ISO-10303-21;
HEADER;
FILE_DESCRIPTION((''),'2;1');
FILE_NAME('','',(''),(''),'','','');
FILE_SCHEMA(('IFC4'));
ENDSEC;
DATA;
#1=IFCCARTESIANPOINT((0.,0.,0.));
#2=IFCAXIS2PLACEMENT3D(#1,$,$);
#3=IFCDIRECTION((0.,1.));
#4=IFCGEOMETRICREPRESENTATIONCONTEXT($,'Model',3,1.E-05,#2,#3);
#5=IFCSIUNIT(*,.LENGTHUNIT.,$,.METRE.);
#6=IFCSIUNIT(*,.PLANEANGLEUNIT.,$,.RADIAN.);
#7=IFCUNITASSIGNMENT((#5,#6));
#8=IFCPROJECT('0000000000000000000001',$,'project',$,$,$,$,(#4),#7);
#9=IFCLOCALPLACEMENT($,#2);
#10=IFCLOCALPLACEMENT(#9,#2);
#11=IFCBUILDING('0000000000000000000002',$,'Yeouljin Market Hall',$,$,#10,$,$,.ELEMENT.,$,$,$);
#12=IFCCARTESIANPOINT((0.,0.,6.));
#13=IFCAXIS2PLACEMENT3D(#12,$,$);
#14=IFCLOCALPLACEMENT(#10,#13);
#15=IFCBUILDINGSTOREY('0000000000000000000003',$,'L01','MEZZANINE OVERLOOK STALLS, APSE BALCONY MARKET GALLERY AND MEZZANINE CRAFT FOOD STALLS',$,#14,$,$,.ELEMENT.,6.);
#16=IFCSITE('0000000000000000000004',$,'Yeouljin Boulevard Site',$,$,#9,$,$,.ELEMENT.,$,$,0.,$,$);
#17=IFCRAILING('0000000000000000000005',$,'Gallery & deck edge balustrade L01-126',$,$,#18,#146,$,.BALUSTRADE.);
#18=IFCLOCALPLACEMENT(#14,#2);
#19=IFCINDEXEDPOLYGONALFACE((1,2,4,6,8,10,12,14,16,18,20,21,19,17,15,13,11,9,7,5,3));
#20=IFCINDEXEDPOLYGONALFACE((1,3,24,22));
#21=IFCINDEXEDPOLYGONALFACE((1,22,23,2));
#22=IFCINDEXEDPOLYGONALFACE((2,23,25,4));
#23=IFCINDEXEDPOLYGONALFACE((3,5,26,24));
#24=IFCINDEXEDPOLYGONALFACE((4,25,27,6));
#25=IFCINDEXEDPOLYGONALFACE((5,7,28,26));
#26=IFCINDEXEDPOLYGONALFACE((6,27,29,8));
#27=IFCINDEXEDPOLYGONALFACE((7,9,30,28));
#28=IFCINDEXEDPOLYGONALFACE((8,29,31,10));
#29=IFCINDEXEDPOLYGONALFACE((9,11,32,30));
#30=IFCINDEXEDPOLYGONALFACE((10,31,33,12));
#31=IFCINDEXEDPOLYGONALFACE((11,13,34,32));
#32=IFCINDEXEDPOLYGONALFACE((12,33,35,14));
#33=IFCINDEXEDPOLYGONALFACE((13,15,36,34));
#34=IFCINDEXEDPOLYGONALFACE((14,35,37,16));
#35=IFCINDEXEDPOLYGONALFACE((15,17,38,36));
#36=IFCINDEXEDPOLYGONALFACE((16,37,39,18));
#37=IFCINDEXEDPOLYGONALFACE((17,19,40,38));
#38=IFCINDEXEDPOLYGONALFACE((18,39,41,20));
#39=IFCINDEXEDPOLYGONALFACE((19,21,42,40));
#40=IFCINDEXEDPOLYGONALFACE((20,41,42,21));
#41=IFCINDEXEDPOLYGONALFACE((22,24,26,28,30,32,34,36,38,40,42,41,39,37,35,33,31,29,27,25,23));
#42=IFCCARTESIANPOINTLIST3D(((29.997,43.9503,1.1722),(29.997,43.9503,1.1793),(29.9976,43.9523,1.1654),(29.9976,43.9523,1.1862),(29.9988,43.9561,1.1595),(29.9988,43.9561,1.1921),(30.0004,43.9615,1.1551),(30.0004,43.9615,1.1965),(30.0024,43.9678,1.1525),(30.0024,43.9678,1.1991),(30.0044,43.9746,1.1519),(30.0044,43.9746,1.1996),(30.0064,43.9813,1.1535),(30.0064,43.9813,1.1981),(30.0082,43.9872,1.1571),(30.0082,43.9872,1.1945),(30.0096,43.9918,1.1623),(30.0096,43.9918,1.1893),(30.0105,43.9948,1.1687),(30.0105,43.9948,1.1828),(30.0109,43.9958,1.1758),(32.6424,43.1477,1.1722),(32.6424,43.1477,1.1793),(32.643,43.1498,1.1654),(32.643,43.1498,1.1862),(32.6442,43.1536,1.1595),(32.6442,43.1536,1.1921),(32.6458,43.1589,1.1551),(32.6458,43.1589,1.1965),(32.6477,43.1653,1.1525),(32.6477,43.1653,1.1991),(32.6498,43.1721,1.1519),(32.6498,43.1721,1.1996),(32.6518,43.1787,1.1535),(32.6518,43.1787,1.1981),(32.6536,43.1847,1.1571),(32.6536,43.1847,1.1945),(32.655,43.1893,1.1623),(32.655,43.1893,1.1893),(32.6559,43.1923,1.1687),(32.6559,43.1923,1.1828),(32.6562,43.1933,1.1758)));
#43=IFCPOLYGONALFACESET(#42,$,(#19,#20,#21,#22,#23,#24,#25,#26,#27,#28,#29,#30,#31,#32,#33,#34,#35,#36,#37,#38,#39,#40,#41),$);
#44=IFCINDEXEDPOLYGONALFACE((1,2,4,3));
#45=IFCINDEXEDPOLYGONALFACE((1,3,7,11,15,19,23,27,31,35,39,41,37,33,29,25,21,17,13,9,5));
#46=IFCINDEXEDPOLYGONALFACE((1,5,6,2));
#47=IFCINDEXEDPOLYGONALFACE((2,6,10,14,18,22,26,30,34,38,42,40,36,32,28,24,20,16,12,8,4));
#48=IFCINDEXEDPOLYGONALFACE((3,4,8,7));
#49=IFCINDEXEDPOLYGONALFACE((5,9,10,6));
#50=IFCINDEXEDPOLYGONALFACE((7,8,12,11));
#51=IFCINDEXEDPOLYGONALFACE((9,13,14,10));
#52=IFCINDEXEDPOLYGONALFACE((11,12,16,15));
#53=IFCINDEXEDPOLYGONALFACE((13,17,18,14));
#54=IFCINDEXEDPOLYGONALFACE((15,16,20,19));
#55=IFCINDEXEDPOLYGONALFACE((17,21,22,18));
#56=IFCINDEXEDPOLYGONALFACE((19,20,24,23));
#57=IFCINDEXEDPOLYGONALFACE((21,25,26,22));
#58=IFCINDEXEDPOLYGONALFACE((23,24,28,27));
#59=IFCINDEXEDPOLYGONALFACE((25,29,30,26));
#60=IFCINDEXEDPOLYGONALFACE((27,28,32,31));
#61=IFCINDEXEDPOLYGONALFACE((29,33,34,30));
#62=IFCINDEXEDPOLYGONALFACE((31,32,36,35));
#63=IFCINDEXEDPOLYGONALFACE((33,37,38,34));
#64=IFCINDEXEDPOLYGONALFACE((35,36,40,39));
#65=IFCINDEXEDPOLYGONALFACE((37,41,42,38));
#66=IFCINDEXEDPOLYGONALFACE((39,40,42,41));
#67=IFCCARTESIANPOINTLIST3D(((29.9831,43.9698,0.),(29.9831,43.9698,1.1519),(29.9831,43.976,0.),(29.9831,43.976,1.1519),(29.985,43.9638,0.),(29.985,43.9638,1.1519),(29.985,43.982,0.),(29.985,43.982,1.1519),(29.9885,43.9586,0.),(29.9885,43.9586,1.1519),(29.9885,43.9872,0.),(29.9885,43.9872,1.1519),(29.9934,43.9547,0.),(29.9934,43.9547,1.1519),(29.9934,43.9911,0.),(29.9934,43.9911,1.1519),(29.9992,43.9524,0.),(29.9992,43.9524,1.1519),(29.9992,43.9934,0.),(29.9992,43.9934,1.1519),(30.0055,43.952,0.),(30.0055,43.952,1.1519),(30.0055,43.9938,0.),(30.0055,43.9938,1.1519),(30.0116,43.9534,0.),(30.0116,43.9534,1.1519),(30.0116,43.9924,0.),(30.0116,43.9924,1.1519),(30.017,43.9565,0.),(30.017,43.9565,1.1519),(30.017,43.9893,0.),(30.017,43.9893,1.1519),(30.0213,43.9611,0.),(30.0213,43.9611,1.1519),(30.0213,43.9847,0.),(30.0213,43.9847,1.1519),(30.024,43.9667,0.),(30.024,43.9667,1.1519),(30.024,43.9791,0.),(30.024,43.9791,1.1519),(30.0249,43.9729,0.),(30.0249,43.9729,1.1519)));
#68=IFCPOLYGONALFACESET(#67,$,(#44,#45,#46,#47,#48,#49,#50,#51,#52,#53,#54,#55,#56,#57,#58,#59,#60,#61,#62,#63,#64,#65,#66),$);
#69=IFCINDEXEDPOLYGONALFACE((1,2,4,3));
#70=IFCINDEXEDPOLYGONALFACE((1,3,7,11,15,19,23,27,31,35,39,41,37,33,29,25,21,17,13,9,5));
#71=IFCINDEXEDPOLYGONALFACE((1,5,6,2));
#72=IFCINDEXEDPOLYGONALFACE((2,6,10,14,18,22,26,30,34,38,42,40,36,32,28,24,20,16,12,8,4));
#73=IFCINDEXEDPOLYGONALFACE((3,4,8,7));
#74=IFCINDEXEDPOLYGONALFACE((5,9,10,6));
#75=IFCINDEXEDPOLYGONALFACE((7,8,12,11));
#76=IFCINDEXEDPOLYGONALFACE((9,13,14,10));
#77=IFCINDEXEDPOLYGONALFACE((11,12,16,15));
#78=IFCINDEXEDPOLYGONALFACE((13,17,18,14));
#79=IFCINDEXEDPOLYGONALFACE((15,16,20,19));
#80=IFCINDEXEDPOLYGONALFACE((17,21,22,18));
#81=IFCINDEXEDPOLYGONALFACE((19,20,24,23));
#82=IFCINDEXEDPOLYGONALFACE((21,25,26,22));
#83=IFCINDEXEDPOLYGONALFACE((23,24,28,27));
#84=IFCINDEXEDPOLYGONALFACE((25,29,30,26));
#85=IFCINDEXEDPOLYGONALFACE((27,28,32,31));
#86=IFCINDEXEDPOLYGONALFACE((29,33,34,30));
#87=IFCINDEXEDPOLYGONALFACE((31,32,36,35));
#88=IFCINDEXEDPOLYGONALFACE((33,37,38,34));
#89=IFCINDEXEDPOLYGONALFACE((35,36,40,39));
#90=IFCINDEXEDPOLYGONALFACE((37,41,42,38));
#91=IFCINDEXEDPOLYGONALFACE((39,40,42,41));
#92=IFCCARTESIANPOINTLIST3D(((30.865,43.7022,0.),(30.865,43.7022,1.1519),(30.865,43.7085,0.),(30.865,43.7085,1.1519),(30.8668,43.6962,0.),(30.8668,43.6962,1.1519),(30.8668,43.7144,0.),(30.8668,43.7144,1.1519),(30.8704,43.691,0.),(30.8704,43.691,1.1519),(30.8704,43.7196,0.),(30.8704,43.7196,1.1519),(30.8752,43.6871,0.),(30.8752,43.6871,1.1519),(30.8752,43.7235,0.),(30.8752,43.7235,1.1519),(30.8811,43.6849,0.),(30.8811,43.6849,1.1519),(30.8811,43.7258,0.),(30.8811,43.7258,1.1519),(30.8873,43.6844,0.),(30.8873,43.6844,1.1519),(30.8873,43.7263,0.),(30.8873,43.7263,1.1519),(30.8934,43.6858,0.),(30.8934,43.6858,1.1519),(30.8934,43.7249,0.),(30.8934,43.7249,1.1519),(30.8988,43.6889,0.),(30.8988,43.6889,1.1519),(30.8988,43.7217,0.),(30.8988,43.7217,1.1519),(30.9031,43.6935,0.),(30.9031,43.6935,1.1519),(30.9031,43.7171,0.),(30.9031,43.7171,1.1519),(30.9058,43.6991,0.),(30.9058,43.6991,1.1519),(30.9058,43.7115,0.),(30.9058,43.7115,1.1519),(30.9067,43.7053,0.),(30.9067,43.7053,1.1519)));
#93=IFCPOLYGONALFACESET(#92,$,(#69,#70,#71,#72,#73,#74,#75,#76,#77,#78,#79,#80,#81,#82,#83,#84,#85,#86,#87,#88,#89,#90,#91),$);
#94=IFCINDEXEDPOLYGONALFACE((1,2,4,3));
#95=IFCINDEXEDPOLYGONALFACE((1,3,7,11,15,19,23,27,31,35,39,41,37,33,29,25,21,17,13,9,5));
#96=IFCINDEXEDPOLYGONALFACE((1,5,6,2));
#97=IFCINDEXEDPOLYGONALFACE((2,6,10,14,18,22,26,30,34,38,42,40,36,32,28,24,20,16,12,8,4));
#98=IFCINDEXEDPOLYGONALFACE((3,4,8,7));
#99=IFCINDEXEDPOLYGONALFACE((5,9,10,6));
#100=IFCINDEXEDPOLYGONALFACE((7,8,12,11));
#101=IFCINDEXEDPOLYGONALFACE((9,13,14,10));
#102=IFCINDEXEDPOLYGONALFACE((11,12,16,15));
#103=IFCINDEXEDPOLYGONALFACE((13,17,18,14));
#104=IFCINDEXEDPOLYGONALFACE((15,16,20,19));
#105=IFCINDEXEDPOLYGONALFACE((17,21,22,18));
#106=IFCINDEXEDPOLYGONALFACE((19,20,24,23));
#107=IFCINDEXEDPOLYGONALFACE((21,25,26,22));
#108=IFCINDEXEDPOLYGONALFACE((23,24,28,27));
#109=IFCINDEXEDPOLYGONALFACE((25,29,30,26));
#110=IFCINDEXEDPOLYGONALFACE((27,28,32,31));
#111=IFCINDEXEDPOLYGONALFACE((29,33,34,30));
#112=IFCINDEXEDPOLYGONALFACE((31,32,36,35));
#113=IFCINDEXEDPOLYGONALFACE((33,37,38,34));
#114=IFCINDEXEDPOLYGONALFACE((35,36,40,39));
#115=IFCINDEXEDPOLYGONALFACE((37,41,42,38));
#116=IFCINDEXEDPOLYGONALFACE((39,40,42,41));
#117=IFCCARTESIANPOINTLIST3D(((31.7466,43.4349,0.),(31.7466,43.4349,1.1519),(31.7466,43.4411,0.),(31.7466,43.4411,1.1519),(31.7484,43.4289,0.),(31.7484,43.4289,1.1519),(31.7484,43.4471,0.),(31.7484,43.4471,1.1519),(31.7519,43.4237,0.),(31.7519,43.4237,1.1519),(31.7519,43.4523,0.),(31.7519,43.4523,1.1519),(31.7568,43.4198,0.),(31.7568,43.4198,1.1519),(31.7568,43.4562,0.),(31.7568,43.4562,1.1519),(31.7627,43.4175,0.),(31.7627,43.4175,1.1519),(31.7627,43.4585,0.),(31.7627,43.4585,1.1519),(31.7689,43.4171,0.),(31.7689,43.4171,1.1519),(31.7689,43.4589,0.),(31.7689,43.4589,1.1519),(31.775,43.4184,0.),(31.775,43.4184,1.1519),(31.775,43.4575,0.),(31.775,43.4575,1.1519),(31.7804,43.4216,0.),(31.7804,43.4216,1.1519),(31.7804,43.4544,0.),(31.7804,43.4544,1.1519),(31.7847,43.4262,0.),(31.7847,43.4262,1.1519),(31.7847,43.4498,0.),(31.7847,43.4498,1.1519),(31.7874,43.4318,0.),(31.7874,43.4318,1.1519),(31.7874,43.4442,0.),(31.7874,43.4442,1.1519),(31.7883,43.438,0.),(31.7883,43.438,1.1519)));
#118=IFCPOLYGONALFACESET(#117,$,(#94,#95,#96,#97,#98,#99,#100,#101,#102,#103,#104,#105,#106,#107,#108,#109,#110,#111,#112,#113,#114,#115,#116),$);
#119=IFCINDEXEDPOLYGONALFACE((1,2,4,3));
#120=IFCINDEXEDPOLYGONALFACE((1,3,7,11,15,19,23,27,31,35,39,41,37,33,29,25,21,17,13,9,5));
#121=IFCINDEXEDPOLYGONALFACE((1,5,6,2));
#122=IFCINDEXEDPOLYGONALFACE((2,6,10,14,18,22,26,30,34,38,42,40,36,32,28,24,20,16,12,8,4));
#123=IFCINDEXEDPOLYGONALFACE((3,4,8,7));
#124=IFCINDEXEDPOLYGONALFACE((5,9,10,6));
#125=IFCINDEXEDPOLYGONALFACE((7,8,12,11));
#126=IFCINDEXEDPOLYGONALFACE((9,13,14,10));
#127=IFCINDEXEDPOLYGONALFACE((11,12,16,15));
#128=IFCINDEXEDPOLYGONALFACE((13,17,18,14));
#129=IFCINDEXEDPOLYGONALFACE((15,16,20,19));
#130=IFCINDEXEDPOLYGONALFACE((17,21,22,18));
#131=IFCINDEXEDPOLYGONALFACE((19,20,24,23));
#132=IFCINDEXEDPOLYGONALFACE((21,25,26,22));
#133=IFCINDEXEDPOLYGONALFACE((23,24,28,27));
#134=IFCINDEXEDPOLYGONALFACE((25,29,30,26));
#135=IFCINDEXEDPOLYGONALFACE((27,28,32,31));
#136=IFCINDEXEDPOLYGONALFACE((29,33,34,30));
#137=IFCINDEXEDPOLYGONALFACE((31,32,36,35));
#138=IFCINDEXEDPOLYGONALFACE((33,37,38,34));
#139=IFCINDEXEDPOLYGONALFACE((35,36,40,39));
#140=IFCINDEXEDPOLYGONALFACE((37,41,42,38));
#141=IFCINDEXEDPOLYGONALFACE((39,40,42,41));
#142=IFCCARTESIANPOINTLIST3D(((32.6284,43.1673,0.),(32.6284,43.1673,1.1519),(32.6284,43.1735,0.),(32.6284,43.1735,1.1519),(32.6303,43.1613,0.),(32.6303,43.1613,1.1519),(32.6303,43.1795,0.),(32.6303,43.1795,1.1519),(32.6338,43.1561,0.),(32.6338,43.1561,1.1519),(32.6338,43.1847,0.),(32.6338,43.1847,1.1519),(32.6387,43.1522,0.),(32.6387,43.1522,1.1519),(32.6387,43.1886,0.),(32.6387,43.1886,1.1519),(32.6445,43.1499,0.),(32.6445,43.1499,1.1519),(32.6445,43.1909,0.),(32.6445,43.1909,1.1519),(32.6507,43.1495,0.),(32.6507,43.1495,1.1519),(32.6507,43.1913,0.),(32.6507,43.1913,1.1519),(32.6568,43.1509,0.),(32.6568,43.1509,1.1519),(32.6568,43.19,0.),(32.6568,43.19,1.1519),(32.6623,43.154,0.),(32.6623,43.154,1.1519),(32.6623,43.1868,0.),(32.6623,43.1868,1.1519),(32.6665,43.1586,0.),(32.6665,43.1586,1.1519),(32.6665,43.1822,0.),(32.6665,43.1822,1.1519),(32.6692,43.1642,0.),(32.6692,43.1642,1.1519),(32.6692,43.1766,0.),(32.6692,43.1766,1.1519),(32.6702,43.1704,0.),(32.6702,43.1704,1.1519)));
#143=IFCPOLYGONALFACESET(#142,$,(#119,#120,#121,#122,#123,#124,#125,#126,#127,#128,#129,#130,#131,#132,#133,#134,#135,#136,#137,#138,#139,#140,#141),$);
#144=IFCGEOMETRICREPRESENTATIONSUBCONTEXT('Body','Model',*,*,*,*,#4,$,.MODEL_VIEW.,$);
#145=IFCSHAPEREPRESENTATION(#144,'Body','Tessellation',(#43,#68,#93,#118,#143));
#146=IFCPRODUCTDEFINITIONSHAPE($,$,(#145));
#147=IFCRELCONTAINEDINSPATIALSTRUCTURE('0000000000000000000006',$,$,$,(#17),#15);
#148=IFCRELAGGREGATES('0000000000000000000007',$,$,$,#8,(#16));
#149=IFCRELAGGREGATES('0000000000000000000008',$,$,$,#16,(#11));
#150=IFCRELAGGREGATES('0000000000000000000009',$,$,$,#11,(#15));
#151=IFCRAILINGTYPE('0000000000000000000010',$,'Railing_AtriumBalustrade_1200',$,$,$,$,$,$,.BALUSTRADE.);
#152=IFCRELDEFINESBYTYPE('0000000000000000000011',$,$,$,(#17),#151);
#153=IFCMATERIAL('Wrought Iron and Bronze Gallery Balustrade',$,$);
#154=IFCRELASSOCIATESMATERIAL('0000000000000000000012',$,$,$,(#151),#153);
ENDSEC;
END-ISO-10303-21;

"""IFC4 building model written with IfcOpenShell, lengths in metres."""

from ifc_helpers import new_model, si_unit, direction, frame, origin, origin_2d, place, context, subcontext, project, spatial, circle, extrude, material, type_object, element, save


model = new_model("IFC4")

# Units and contexts
model_context = context("Model", 3, precision=1e-05, world=origin(), true_north=direction((0.0, 1.0)))
body_context = subcontext(model_context, "Body", "Model", "MODEL_VIEW")
ifc_project = project(units=[si_unit("LENGTHUNIT", "METRE"), si_unit("PLANEANGLEUNIT", "RADIAN")], contexts=[model_context])

# Site, building, storey
site_placement = place(None, origin())
site = spatial("IfcSite", under=ifc_project, at=site_placement, Name="Yeouljin Boulevard Site", CompositionType="ELEMENT", RefElevation=0.0)
building_placement = place(site_placement, origin())
building = spatial("IfcBuilding", under=site, at=building_placement, Name="Yeouljin Market Hall", CompositionType="ELEMENT")
storey_placement = place(building_placement, frame((0.0, 0.0, 6.0)))
storey = spatial("IfcBuildingStorey", under=building, at=storey_placement, Name="L01", Description="MEZZANINE OVERLOOK STALLS, APSE BALCONY MARKET GALLERY AND MEZZANINE CRAFT FOOD STALLS", CompositionType="ELEMENT", Elevation=6.0)

# Railing
ifc_material_1 = material(Name="Wrought Iron and Bronze Gallery Balustrade")
railing_type = type_object("IfcRailingType", Name="Railing_AtriumBalustrade_1200", PredefinedType="BALUSTRADE", material=ifc_material_1)
railing_1_placement = place(storey_placement, frame((30.0039, 43.9729, 0.0)))
element("IfcRailing", 1, at=railing_1_placement, inside=storey, type_object=railing_type, Name="Gallery & deck edge balustrade L01-126", PredefinedType="BALUSTRADE", context=body_context, shape_type="SweptSolid", body=[
    extrude(circle(Radius=0.0239, at=origin_2d()), frame((0.0, 0.0, 1.1758), z_axis=(0.956934, -0.290304, 0.0), x_axis=(0.290304, 0.956934, 0.0)), (0.0, 0.0, 1.0), 2.7644),
    extrude(circle(Radius=0.021, at=origin_2d()), origin(), (0.0, 0.0, 1.0), 1.1519),
    extrude(circle(Radius=0.021, at=origin_2d()), frame((0.8818, -0.2676, 0.0)), (0.0, 0.0, 1.0), 1.1519),
    extrude(circle(Radius=0.021, at=origin_2d()), frame((1.7634, -0.5349, 0.0)), (0.0, 0.0, 1.0), 1.1519),
    extrude(circle(Radius=0.021, at=origin_2d()), frame((2.6453, -0.8025, 0.0)), (0.0, 0.0, 1.0), 1.1519),
])

save(model, "model.ifc")
